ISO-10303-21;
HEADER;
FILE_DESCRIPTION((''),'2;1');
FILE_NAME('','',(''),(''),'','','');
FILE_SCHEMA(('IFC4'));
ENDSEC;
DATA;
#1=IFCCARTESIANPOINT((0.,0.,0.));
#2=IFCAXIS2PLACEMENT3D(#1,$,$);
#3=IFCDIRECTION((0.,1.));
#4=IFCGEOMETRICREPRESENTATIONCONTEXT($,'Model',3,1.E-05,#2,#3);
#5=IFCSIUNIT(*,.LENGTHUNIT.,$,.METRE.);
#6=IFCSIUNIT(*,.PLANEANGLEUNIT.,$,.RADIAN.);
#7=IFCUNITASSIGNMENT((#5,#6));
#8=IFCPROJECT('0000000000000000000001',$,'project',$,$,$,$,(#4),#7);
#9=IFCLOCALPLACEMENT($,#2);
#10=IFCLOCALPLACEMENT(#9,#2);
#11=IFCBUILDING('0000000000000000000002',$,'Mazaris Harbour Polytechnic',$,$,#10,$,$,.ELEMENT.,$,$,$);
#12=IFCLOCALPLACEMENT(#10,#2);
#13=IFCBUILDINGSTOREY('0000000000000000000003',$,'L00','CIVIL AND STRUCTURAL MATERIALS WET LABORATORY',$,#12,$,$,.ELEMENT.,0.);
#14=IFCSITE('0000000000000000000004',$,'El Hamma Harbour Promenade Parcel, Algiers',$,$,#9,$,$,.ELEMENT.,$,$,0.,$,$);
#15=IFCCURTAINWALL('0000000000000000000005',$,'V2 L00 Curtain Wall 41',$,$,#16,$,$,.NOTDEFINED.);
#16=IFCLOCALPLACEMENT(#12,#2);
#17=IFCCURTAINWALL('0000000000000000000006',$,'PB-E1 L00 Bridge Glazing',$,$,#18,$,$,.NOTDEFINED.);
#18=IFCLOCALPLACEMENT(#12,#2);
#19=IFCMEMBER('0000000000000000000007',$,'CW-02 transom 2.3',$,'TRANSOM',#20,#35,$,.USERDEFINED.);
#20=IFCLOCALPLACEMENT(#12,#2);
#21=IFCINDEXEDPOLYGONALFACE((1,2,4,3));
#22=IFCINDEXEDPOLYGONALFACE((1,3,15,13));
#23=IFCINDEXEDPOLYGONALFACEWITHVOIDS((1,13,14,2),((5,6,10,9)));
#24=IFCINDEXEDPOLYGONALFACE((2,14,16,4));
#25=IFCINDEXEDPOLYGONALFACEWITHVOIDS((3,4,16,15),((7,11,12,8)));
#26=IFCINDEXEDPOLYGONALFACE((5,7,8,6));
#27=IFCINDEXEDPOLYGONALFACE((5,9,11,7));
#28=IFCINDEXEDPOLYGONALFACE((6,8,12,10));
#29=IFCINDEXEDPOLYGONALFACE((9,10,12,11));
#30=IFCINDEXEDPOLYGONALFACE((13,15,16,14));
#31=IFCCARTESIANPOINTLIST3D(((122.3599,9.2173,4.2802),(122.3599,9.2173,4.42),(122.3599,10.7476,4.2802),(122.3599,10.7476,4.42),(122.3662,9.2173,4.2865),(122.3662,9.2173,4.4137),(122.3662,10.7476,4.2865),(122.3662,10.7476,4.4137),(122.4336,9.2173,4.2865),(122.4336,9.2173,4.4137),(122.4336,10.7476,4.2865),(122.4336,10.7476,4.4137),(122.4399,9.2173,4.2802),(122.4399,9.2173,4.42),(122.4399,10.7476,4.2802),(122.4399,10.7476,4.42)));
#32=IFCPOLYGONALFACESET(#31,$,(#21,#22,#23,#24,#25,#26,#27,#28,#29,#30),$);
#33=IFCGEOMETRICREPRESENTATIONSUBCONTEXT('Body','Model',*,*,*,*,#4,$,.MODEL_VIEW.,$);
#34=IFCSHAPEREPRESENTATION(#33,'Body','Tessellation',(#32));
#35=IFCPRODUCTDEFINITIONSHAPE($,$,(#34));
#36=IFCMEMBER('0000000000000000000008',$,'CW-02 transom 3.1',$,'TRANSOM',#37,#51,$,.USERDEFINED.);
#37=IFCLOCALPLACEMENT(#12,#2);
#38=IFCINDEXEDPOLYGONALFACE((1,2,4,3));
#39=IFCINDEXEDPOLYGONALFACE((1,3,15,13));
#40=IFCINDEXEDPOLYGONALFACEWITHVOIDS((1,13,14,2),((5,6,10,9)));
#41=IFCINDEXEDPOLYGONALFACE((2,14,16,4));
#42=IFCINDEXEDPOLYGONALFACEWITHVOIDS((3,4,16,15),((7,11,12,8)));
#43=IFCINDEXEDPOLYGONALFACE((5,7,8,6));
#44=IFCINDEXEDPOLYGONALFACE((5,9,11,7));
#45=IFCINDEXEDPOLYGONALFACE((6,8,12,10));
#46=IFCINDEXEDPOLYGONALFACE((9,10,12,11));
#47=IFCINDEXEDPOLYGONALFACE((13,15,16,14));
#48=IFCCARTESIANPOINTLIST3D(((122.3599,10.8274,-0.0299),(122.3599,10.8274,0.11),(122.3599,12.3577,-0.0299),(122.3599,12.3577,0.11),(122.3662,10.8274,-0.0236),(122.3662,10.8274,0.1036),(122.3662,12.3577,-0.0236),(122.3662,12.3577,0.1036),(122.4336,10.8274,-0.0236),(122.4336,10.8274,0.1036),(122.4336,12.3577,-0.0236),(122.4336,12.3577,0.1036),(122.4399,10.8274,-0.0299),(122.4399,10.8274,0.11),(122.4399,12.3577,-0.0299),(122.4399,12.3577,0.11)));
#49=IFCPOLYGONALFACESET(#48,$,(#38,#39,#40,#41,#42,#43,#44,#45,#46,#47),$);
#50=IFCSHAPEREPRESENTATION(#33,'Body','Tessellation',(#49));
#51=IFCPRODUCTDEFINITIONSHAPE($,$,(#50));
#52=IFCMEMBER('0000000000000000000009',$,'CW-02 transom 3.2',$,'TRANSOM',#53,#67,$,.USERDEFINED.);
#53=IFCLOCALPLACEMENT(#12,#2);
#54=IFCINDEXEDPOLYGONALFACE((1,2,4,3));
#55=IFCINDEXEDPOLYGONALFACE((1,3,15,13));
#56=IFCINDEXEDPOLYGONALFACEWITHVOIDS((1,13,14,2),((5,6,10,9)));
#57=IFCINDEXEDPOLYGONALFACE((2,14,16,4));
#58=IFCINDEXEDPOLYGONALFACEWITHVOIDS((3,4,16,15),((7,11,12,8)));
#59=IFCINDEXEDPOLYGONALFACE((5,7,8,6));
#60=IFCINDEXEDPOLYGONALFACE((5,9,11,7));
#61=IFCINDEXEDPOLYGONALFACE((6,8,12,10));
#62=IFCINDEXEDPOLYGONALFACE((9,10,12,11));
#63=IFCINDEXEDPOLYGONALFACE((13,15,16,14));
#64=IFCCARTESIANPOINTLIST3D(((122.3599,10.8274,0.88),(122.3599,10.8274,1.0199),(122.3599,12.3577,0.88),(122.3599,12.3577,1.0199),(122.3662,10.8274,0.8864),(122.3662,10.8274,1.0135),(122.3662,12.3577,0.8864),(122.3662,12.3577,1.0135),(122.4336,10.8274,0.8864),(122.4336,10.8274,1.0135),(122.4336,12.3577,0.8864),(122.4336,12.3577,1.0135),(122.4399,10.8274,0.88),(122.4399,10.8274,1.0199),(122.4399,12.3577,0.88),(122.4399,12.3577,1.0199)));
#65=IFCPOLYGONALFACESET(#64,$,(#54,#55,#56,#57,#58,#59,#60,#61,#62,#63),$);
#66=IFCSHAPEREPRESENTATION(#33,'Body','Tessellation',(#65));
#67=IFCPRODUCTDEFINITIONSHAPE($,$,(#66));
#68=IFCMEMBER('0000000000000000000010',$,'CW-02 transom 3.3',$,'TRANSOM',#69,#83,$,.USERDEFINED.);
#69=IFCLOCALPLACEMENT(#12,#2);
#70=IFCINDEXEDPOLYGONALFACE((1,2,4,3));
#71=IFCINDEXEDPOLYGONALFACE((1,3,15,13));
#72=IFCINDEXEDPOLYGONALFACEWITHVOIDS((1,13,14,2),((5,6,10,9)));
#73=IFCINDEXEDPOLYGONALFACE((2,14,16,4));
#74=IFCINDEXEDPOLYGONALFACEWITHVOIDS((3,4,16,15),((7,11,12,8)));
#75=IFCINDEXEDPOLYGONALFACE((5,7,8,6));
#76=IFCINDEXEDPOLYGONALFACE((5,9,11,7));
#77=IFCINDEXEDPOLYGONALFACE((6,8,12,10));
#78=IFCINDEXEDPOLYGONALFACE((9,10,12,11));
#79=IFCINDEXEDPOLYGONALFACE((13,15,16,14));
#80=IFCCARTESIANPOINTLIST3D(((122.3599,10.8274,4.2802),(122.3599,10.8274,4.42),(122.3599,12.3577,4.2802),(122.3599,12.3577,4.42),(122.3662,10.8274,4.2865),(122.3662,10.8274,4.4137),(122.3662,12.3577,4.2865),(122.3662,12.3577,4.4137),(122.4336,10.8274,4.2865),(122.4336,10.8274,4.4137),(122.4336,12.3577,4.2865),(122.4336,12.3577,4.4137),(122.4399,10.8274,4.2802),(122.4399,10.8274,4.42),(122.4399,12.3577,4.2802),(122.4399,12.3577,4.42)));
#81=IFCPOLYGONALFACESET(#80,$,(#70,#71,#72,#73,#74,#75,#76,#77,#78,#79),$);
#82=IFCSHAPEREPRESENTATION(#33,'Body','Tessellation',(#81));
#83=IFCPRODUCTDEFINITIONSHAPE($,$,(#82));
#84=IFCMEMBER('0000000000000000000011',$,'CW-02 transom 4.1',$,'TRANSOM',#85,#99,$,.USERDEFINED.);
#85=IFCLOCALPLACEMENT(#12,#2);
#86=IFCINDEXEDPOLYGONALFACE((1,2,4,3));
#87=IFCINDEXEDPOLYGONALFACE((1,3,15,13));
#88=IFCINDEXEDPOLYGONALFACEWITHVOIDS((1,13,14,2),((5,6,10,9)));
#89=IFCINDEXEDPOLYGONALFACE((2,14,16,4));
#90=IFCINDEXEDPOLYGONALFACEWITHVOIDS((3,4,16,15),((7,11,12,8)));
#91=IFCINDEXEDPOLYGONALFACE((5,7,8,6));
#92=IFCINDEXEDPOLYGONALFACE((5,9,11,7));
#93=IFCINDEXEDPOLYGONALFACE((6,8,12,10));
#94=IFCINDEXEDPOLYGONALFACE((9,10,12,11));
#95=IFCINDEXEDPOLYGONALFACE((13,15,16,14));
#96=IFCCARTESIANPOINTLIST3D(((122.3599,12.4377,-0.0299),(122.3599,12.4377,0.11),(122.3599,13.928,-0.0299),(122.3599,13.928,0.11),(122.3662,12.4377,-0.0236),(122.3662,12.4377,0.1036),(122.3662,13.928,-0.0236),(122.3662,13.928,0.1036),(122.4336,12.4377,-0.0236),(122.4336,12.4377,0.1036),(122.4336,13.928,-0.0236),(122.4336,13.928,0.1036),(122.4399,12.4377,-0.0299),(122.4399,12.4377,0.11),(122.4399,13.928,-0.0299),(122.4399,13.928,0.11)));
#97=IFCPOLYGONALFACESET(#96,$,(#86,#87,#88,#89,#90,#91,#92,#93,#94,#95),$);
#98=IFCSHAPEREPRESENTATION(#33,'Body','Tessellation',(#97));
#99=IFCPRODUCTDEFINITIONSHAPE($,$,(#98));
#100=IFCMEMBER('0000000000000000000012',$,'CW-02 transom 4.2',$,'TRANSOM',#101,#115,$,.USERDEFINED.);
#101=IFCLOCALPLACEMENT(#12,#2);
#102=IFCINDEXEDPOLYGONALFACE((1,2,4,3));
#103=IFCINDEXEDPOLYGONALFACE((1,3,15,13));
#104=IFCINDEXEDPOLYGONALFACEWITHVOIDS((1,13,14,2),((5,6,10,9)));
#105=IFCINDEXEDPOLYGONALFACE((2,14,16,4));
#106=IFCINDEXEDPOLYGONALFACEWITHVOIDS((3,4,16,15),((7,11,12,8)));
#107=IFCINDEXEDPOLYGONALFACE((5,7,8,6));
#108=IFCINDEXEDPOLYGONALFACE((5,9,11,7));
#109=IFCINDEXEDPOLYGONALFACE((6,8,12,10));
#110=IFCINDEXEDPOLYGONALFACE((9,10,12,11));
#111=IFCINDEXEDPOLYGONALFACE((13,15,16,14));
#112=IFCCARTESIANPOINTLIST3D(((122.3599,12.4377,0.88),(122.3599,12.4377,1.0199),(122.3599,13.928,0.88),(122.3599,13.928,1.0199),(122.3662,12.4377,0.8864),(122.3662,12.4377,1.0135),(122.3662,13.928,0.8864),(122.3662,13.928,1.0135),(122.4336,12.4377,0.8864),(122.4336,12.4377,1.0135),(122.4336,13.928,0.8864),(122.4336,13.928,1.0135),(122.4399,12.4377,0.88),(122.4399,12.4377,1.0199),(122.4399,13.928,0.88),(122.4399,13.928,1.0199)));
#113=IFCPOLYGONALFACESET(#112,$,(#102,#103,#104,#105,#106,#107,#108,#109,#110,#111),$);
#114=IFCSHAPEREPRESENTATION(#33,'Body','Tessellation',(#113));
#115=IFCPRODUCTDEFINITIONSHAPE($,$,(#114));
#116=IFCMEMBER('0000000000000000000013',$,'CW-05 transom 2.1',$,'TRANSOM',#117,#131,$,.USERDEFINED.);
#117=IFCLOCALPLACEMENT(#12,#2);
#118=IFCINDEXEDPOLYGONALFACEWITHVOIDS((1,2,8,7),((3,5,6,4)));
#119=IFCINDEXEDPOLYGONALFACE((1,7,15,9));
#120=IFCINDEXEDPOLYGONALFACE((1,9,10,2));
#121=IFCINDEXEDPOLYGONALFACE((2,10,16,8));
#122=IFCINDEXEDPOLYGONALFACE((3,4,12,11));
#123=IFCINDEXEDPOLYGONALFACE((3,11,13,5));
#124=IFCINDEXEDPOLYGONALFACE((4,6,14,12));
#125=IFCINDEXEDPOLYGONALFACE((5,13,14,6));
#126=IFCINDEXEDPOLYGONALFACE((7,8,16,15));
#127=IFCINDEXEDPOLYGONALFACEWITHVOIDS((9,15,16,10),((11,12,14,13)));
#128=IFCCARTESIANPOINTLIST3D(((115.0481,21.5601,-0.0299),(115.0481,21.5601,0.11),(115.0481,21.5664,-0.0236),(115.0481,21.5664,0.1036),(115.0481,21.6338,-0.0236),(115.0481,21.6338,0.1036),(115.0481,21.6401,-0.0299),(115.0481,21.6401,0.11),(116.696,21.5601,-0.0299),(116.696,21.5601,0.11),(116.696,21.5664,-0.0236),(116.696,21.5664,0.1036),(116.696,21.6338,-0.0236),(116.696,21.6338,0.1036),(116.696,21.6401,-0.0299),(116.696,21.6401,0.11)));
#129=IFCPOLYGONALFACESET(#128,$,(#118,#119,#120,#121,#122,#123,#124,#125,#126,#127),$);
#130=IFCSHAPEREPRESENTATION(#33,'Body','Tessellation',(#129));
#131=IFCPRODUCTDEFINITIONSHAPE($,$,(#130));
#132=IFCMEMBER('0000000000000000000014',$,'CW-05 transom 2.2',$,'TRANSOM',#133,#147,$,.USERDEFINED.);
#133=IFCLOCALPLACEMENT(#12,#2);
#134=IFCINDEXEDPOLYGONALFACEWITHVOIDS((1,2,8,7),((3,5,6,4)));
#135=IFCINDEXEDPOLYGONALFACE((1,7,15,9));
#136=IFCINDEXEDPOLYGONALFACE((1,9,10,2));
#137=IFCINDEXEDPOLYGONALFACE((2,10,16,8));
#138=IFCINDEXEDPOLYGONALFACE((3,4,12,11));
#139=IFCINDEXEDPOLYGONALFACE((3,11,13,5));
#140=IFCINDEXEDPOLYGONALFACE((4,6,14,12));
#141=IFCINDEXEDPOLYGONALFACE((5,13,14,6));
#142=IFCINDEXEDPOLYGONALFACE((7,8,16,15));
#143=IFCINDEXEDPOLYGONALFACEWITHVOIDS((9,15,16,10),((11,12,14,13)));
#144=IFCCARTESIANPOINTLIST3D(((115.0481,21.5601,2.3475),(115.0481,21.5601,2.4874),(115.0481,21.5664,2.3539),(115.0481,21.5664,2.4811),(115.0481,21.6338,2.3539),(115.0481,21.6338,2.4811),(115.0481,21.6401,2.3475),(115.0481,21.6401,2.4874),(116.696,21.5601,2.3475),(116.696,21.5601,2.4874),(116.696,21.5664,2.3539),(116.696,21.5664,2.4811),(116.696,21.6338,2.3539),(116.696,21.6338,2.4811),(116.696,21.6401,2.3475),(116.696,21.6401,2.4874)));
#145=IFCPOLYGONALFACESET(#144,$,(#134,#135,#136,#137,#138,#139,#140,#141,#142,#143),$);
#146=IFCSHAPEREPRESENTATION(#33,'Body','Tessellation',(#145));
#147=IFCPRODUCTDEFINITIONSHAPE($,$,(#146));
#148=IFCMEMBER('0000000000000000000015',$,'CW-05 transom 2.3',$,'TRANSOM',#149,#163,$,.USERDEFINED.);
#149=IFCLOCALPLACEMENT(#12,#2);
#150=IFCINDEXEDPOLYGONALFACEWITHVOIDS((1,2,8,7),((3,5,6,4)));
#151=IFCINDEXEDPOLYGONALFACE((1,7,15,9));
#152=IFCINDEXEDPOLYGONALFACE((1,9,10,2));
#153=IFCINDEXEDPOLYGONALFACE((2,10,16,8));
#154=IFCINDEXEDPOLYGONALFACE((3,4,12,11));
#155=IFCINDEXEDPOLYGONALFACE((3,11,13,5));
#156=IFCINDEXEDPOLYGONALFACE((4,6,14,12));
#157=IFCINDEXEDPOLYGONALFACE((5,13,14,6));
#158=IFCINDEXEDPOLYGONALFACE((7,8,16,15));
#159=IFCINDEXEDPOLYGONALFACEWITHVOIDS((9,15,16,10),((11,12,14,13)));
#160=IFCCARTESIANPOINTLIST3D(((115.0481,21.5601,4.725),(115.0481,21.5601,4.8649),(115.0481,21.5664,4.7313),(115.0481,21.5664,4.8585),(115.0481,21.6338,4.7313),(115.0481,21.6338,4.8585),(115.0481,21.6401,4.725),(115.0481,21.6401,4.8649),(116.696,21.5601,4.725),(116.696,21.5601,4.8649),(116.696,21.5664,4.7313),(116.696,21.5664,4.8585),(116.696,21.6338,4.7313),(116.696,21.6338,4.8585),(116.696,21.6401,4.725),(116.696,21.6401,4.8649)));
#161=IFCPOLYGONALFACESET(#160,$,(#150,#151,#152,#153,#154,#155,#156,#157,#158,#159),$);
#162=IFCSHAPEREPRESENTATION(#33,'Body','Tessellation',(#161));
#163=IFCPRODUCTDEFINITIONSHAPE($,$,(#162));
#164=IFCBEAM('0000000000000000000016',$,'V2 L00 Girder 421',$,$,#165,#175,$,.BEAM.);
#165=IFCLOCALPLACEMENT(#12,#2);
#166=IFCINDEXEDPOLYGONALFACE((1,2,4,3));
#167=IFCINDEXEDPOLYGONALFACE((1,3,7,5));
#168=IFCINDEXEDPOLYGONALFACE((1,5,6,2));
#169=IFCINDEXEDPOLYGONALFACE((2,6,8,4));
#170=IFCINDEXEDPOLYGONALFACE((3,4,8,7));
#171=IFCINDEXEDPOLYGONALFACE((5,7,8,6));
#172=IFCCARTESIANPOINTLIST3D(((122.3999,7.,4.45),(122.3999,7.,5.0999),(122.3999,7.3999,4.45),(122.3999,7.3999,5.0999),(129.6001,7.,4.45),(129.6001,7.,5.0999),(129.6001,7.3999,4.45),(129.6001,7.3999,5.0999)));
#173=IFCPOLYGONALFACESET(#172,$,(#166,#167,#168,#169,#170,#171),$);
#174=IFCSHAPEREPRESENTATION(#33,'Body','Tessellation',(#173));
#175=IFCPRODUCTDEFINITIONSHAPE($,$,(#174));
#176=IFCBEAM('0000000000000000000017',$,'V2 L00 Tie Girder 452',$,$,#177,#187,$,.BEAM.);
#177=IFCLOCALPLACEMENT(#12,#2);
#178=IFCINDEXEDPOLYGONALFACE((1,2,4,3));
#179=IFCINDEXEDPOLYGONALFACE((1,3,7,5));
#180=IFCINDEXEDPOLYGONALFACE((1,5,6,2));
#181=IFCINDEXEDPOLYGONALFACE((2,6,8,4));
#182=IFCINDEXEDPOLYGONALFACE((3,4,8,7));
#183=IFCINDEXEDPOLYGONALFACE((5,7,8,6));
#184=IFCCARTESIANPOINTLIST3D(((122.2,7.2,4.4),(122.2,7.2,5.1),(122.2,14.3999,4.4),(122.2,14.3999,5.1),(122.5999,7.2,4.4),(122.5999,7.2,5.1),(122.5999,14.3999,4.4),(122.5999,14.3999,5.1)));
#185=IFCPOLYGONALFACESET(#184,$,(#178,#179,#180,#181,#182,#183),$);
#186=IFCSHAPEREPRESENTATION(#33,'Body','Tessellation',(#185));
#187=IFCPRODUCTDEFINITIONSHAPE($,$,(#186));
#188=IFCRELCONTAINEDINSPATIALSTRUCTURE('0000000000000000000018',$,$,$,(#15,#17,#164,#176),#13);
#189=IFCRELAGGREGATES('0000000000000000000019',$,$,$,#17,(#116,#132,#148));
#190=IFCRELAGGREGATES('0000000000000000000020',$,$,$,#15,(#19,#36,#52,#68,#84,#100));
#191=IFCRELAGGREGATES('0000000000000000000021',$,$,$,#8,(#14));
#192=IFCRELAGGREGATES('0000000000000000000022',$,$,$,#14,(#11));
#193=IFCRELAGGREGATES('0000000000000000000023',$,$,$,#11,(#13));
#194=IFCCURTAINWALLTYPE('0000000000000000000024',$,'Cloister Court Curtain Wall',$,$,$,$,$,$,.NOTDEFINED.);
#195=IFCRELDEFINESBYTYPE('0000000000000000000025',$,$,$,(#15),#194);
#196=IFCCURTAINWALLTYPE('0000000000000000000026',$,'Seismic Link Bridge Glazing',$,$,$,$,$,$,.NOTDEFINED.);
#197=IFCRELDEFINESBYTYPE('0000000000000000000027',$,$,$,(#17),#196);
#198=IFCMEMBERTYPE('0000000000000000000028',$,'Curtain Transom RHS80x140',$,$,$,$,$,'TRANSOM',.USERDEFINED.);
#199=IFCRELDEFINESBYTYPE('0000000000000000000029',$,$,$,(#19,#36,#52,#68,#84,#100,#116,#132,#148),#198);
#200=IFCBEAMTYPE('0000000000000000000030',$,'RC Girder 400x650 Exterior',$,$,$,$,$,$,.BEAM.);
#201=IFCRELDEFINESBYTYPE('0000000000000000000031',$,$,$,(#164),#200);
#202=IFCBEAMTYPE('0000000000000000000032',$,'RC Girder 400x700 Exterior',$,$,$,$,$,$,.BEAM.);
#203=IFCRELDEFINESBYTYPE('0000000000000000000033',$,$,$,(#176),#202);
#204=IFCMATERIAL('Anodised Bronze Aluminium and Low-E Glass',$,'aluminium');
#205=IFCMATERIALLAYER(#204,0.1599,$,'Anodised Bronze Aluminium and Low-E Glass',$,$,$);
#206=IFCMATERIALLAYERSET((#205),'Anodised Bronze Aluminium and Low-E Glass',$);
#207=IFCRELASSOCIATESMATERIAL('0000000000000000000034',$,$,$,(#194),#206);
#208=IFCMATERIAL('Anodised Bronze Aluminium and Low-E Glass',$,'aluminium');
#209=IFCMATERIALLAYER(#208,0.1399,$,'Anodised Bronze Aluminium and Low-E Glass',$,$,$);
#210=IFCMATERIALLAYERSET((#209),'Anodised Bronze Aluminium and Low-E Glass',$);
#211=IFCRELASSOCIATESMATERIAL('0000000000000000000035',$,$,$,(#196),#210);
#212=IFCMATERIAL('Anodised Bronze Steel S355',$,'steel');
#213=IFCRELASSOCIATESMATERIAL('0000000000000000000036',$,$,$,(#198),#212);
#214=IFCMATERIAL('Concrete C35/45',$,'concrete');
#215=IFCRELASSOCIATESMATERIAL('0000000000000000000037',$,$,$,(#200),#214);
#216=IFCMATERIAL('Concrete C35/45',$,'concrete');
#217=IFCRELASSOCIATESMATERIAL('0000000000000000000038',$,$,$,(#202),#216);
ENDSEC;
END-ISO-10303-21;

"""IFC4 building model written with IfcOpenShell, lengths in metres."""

from ifc_helpers import new_model, si_unit, direction, frame, origin, origin_2d, place, context, subcontext, project, spatial, rectangle, hollow_rectangle, extrude, material, layer, layer_set, material_profile, profile_set, type_object, element, aggregate, save


model = new_model("IFC4")

# Units and contexts
model_context = context("Model", 3, precision=1e-05, world=origin(), true_north=direction((0.0, 1.0)))
body_context = subcontext(model_context, "Body", "Model", "MODEL_VIEW")
ifc_project = project(units=[si_unit("LENGTHUNIT", "METRE"), si_unit("PLANEANGLEUNIT", "RADIAN")], contexts=[model_context])

# Site, building, storey
site_placement = place(None, origin())
site = spatial("IfcSite", under=ifc_project, at=site_placement, Name="El Hamma Harbour Promenade Parcel, Algiers", CompositionType="ELEMENT", RefElevation=0.0)
building_placement = place(site_placement, origin())
building = spatial("IfcBuilding", under=site, at=building_placement, Name="Mazaris Harbour Polytechnic", CompositionType="ELEMENT")
storey_placement = place(building_placement, origin())
storey = spatial("IfcBuildingStorey", under=building, at=storey_placement, Name="L00", Description="CIVIL AND STRUCTURAL MATERIALS WET LABORATORY", CompositionType="ELEMENT", Elevation=0.0)

# Curtain wall
ifc_material_1 = material(Name="Anodised Bronze Aluminium and Low-E Glass", Category="aluminium")
ifc_layer_1 = layer(ifc_material_1, 0.1599, Name="Anodised Bronze Aluminium and Low-E Glass")
ifc_layer_set_1 = layer_set([ifc_layer_1], Name="Anodised Bronze Aluminium and Low-E Glass")
curtain_wall_type_1 = type_object("IfcCurtainWallType", Name="Cloister Court Curtain Wall", PredefinedType="NOTDEFINED", material=ifc_layer_set_1)
curtain_wall_1_placement = place(storey_placement, origin())
curtain_wall_1 = element("IfcCurtainWall", 1, at=curtain_wall_1_placement, inside=storey, type_object=curtain_wall_type_1, Name="V2 L00 Curtain Wall 41", PredefinedType="NOTDEFINED")

# Curtain wall
ifc_material_2 = material(Name="Anodised Bronze Aluminium and Low-E Glass", Category="aluminium")
ifc_layer_2 = layer(ifc_material_2, 0.1399, Name="Anodised Bronze Aluminium and Low-E Glass")
ifc_layer_set_2 = layer_set([ifc_layer_2], Name="Anodised Bronze Aluminium and Low-E Glass")
curtain_wall_type_2 = type_object("IfcCurtainWallType", Name="Seismic Link Bridge Glazing", PredefinedType="NOTDEFINED", material=ifc_layer_set_2)
curtain_wall_2_placement = place(storey_placement, origin())
curtain_wall_2 = element("IfcCurtainWall", 2, at=curtain_wall_2_placement, inside=storey, type_object=curtain_wall_type_2, Name="PB-E1 L00 Bridge Glazing", PredefinedType="NOTDEFINED")

# Members
ifc_material_3 = material(Name="Anodised Bronze Steel S355", Category="steel")
ifc_material_profile_1 = material_profile(ifc_material_3, hollow_rectangle(XDim=0.0801, YDim=0.1399, WallThickness=0.0063, at=origin_2d()), Name="RHS 80x140x6.3")
ifc_profile_set_1 = profile_set([ifc_material_profile_1], Name="Anodised Bronze Steel S355")
member_type_1 = type_object("IfcMemberType", Name="Curtain Transom RHS80x140", ElementType="TRANSOM", PredefinedType="USERDEFINED", material=ifc_profile_set_1)
member_1_placement = place(storey_placement, frame((122.3999, 9.2173, 4.3501), z_axis=(0.0, 1.0, 0.0), x_axis=(-1.0, 0.0, 0.0)))
member_1 = element("IfcMember", 3, at=member_1_placement, type_object=member_type_1, Name="CW-02 transom 2.3", ObjectType="TRANSOM", PredefinedType="USERDEFINED", context=body_context, shape_type="SweptSolid", body=[
    extrude(hollow_rectangle(XDim=0.0801, YDim=0.1399, WallThickness=0.0063, at=origin_2d()), origin(), (0.0, 0.0, 1.0), 1.5303),
])
member_2_placement = place(storey_placement, frame((122.3999, 10.8274, 0.04), z_axis=(0.0, 1.0, 0.0), x_axis=(-1.0, 0.0, 0.0)))
member_2 = element("IfcMember", 4, at=member_2_placement, type_object=member_type_1, Name="CW-02 transom 3.1", ObjectType="TRANSOM", PredefinedType="USERDEFINED", context=body_context, shape_type="SweptSolid", body=[
    extrude(hollow_rectangle(XDim=0.0801, YDim=0.1399, WallThickness=0.0063, at=origin_2d()), origin(), (0.0, 0.0, 1.0), 1.5303),
])
member_3_placement = place(storey_placement, frame((122.3999, 10.8274, 0.95), z_axis=(0.0, 1.0, 0.0), x_axis=(-1.0, 0.0, 0.0)))
member_3 = element("IfcMember", 5, at=member_3_placement, type_object=member_type_1, Name="CW-02 transom 3.2", ObjectType="TRANSOM", PredefinedType="USERDEFINED", context=body_context, shape_type="SweptSolid", body=[
    extrude(hollow_rectangle(XDim=0.0801, YDim=0.1399, WallThickness=0.0063, at=origin_2d()), origin(), (0.0, 0.0, 1.0), 1.5303),
])
member_4_placement = place(storey_placement, frame((122.3999, 10.8274, 4.3501), z_axis=(0.0, 1.0, 0.0), x_axis=(-1.0, 0.0, 0.0)))
member_4 = element("IfcMember", 6, at=member_4_placement, type_object=member_type_1, Name="CW-02 transom 3.3", ObjectType="TRANSOM", PredefinedType="USERDEFINED", context=body_context, shape_type="SweptSolid", body=[
    extrude(hollow_rectangle(XDim=0.0801, YDim=0.1399, WallThickness=0.0063, at=origin_2d()), origin(), (0.0, 0.0, 1.0), 1.5303),
])
member_5_placement = place(storey_placement, frame((122.3999, 12.4377, 0.04), z_axis=(0.0, 1.0, 0.0), x_axis=(-1.0, 0.0, 0.0)))
member_5 = element("IfcMember", 7, at=member_5_placement, type_object=member_type_1, Name="CW-02 transom 4.1", ObjectType="TRANSOM", PredefinedType="USERDEFINED", context=body_context, shape_type="SweptSolid", body=[
    extrude(hollow_rectangle(XDim=0.0801, YDim=0.1399, WallThickness=0.0063, at=origin_2d()), origin(), (0.0, 0.0, 1.0), 1.4902),
])
member_6_placement = place(storey_placement, frame((122.3999, 12.4377, 0.95), z_axis=(0.0, 1.0, 0.0), x_axis=(-1.0, 0.0, 0.0)))
member_6 = element("IfcMember", 8, at=member_6_placement, type_object=member_type_1, Name="CW-02 transom 4.2", ObjectType="TRANSOM", PredefinedType="USERDEFINED", context=body_context, shape_type="SweptSolid", body=[
    extrude(hollow_rectangle(XDim=0.0801, YDim=0.1399, WallThickness=0.0063, at=origin_2d()), origin(), (0.0, 0.0, 1.0), 1.4902),
])
member_7_placement = place(storey_placement, frame((115.0481, 21.6001, 0.04), z_axis=(1.0, 0.0, 0.0), x_axis=(0.0, 1.0, 0.0)))
member_7 = element("IfcMember", 9, at=member_7_placement, type_object=member_type_1, Name="CW-05 transom 2.1", ObjectType="TRANSOM", PredefinedType="USERDEFINED", context=body_context, shape_type="SweptSolid", body=[
    extrude(hollow_rectangle(XDim=0.0801, YDim=0.1399, WallThickness=0.0063, at=origin_2d()), origin(), (0.0, 0.0, 1.0), 1.6479),
])
member_8_placement = place(storey_placement, frame((115.0481, 21.6001, 2.4175), z_axis=(1.0, 0.0, 0.0), x_axis=(0.0, 1.0, 0.0)))
member_8 = element("IfcMember", 10, at=member_8_placement, type_object=member_type_1, Name="CW-05 transom 2.2", ObjectType="TRANSOM", PredefinedType="USERDEFINED", context=body_context, shape_type="SweptSolid", body=[
    extrude(hollow_rectangle(XDim=0.0801, YDim=0.1399, WallThickness=0.0063, at=origin_2d()), origin(), (0.0, 0.0, 1.0), 1.6479),
])
member_9_placement = place(storey_placement, frame((115.0481, 21.6001, 4.7949), z_axis=(1.0, 0.0, 0.0), x_axis=(0.0, 1.0, 0.0)))
member_9 = element("IfcMember", 11, at=member_9_placement, type_object=member_type_1, Name="CW-05 transom 2.3", ObjectType="TRANSOM", PredefinedType="USERDEFINED", context=body_context, shape_type="SweptSolid", body=[
    extrude(hollow_rectangle(XDim=0.0801, YDim=0.1399, WallThickness=0.0063, at=origin_2d()), origin(), (0.0, 0.0, 1.0), 1.6479),
])

# Beams
ifc_material_4 = material(Name="Concrete C35/45", Category="concrete")
ifc_material_profile_2 = material_profile(ifc_material_4, rectangle(XDim=0.3999, YDim=0.6499, at=origin_2d()), Name="RECT400x650")
ifc_profile_set_2 = profile_set([ifc_material_profile_2], Name="Concrete C35/45")
beam_type_1 = type_object("IfcBeamType", Name="RC Girder 400x650 Exterior", PredefinedType="BEAM", material=ifc_profile_set_2)
beam_1_placement = place(storey_placement, frame((122.3999, 7.2, 4.7749), z_axis=(1.0, 0.0, 0.0), x_axis=(0.0, 1.0, 0.0)))
element("IfcBeam", 12, at=beam_1_placement, inside=storey, type_object=beam_type_1, Name="V2 L00 Girder 421", PredefinedType="BEAM", context=body_context, shape_type="SweptSolid", body=[
    extrude(rectangle(XDim=0.3999, YDim=0.6499, at=origin_2d()), origin(), (0.0, 0.0, 1.0), 7.2002),
])
ifc_material_5 = material(Name="Concrete C35/45", Category="concrete")
ifc_material_profile_3 = material_profile(ifc_material_5, rectangle(XDim=0.3999, YDim=0.7, at=origin_2d()), Name="RECT400x700")
ifc_profile_set_3 = profile_set([ifc_material_profile_3], Name="Concrete C35/45")
beam_type_2 = type_object("IfcBeamType", Name="RC Girder 400x700 Exterior", PredefinedType="BEAM", material=ifc_profile_set_3)
beam_2_placement = place(storey_placement, frame((122.3999, 7.2, 4.75), z_axis=(0.0, 1.0, 0.0), x_axis=(-1.0, 0.0, 0.0)))
element("IfcBeam", 13, at=beam_2_placement, inside=storey, type_object=beam_type_2, Name="V2 L00 Tie Girder 452", PredefinedType="BEAM", context=body_context, shape_type="SweptSolid", body=[
    extrude(rectangle(XDim=0.3999, YDim=0.7, at=origin_2d()), origin(), (0.0, 0.0, 1.0), 7.2),
])

aggregate(curtain_wall_2, [member_7, member_8, member_9])
aggregate(curtain_wall_1, [member_1, member_2, member_3, member_4, member_5, member_6])

save(model, "model.ifc")
